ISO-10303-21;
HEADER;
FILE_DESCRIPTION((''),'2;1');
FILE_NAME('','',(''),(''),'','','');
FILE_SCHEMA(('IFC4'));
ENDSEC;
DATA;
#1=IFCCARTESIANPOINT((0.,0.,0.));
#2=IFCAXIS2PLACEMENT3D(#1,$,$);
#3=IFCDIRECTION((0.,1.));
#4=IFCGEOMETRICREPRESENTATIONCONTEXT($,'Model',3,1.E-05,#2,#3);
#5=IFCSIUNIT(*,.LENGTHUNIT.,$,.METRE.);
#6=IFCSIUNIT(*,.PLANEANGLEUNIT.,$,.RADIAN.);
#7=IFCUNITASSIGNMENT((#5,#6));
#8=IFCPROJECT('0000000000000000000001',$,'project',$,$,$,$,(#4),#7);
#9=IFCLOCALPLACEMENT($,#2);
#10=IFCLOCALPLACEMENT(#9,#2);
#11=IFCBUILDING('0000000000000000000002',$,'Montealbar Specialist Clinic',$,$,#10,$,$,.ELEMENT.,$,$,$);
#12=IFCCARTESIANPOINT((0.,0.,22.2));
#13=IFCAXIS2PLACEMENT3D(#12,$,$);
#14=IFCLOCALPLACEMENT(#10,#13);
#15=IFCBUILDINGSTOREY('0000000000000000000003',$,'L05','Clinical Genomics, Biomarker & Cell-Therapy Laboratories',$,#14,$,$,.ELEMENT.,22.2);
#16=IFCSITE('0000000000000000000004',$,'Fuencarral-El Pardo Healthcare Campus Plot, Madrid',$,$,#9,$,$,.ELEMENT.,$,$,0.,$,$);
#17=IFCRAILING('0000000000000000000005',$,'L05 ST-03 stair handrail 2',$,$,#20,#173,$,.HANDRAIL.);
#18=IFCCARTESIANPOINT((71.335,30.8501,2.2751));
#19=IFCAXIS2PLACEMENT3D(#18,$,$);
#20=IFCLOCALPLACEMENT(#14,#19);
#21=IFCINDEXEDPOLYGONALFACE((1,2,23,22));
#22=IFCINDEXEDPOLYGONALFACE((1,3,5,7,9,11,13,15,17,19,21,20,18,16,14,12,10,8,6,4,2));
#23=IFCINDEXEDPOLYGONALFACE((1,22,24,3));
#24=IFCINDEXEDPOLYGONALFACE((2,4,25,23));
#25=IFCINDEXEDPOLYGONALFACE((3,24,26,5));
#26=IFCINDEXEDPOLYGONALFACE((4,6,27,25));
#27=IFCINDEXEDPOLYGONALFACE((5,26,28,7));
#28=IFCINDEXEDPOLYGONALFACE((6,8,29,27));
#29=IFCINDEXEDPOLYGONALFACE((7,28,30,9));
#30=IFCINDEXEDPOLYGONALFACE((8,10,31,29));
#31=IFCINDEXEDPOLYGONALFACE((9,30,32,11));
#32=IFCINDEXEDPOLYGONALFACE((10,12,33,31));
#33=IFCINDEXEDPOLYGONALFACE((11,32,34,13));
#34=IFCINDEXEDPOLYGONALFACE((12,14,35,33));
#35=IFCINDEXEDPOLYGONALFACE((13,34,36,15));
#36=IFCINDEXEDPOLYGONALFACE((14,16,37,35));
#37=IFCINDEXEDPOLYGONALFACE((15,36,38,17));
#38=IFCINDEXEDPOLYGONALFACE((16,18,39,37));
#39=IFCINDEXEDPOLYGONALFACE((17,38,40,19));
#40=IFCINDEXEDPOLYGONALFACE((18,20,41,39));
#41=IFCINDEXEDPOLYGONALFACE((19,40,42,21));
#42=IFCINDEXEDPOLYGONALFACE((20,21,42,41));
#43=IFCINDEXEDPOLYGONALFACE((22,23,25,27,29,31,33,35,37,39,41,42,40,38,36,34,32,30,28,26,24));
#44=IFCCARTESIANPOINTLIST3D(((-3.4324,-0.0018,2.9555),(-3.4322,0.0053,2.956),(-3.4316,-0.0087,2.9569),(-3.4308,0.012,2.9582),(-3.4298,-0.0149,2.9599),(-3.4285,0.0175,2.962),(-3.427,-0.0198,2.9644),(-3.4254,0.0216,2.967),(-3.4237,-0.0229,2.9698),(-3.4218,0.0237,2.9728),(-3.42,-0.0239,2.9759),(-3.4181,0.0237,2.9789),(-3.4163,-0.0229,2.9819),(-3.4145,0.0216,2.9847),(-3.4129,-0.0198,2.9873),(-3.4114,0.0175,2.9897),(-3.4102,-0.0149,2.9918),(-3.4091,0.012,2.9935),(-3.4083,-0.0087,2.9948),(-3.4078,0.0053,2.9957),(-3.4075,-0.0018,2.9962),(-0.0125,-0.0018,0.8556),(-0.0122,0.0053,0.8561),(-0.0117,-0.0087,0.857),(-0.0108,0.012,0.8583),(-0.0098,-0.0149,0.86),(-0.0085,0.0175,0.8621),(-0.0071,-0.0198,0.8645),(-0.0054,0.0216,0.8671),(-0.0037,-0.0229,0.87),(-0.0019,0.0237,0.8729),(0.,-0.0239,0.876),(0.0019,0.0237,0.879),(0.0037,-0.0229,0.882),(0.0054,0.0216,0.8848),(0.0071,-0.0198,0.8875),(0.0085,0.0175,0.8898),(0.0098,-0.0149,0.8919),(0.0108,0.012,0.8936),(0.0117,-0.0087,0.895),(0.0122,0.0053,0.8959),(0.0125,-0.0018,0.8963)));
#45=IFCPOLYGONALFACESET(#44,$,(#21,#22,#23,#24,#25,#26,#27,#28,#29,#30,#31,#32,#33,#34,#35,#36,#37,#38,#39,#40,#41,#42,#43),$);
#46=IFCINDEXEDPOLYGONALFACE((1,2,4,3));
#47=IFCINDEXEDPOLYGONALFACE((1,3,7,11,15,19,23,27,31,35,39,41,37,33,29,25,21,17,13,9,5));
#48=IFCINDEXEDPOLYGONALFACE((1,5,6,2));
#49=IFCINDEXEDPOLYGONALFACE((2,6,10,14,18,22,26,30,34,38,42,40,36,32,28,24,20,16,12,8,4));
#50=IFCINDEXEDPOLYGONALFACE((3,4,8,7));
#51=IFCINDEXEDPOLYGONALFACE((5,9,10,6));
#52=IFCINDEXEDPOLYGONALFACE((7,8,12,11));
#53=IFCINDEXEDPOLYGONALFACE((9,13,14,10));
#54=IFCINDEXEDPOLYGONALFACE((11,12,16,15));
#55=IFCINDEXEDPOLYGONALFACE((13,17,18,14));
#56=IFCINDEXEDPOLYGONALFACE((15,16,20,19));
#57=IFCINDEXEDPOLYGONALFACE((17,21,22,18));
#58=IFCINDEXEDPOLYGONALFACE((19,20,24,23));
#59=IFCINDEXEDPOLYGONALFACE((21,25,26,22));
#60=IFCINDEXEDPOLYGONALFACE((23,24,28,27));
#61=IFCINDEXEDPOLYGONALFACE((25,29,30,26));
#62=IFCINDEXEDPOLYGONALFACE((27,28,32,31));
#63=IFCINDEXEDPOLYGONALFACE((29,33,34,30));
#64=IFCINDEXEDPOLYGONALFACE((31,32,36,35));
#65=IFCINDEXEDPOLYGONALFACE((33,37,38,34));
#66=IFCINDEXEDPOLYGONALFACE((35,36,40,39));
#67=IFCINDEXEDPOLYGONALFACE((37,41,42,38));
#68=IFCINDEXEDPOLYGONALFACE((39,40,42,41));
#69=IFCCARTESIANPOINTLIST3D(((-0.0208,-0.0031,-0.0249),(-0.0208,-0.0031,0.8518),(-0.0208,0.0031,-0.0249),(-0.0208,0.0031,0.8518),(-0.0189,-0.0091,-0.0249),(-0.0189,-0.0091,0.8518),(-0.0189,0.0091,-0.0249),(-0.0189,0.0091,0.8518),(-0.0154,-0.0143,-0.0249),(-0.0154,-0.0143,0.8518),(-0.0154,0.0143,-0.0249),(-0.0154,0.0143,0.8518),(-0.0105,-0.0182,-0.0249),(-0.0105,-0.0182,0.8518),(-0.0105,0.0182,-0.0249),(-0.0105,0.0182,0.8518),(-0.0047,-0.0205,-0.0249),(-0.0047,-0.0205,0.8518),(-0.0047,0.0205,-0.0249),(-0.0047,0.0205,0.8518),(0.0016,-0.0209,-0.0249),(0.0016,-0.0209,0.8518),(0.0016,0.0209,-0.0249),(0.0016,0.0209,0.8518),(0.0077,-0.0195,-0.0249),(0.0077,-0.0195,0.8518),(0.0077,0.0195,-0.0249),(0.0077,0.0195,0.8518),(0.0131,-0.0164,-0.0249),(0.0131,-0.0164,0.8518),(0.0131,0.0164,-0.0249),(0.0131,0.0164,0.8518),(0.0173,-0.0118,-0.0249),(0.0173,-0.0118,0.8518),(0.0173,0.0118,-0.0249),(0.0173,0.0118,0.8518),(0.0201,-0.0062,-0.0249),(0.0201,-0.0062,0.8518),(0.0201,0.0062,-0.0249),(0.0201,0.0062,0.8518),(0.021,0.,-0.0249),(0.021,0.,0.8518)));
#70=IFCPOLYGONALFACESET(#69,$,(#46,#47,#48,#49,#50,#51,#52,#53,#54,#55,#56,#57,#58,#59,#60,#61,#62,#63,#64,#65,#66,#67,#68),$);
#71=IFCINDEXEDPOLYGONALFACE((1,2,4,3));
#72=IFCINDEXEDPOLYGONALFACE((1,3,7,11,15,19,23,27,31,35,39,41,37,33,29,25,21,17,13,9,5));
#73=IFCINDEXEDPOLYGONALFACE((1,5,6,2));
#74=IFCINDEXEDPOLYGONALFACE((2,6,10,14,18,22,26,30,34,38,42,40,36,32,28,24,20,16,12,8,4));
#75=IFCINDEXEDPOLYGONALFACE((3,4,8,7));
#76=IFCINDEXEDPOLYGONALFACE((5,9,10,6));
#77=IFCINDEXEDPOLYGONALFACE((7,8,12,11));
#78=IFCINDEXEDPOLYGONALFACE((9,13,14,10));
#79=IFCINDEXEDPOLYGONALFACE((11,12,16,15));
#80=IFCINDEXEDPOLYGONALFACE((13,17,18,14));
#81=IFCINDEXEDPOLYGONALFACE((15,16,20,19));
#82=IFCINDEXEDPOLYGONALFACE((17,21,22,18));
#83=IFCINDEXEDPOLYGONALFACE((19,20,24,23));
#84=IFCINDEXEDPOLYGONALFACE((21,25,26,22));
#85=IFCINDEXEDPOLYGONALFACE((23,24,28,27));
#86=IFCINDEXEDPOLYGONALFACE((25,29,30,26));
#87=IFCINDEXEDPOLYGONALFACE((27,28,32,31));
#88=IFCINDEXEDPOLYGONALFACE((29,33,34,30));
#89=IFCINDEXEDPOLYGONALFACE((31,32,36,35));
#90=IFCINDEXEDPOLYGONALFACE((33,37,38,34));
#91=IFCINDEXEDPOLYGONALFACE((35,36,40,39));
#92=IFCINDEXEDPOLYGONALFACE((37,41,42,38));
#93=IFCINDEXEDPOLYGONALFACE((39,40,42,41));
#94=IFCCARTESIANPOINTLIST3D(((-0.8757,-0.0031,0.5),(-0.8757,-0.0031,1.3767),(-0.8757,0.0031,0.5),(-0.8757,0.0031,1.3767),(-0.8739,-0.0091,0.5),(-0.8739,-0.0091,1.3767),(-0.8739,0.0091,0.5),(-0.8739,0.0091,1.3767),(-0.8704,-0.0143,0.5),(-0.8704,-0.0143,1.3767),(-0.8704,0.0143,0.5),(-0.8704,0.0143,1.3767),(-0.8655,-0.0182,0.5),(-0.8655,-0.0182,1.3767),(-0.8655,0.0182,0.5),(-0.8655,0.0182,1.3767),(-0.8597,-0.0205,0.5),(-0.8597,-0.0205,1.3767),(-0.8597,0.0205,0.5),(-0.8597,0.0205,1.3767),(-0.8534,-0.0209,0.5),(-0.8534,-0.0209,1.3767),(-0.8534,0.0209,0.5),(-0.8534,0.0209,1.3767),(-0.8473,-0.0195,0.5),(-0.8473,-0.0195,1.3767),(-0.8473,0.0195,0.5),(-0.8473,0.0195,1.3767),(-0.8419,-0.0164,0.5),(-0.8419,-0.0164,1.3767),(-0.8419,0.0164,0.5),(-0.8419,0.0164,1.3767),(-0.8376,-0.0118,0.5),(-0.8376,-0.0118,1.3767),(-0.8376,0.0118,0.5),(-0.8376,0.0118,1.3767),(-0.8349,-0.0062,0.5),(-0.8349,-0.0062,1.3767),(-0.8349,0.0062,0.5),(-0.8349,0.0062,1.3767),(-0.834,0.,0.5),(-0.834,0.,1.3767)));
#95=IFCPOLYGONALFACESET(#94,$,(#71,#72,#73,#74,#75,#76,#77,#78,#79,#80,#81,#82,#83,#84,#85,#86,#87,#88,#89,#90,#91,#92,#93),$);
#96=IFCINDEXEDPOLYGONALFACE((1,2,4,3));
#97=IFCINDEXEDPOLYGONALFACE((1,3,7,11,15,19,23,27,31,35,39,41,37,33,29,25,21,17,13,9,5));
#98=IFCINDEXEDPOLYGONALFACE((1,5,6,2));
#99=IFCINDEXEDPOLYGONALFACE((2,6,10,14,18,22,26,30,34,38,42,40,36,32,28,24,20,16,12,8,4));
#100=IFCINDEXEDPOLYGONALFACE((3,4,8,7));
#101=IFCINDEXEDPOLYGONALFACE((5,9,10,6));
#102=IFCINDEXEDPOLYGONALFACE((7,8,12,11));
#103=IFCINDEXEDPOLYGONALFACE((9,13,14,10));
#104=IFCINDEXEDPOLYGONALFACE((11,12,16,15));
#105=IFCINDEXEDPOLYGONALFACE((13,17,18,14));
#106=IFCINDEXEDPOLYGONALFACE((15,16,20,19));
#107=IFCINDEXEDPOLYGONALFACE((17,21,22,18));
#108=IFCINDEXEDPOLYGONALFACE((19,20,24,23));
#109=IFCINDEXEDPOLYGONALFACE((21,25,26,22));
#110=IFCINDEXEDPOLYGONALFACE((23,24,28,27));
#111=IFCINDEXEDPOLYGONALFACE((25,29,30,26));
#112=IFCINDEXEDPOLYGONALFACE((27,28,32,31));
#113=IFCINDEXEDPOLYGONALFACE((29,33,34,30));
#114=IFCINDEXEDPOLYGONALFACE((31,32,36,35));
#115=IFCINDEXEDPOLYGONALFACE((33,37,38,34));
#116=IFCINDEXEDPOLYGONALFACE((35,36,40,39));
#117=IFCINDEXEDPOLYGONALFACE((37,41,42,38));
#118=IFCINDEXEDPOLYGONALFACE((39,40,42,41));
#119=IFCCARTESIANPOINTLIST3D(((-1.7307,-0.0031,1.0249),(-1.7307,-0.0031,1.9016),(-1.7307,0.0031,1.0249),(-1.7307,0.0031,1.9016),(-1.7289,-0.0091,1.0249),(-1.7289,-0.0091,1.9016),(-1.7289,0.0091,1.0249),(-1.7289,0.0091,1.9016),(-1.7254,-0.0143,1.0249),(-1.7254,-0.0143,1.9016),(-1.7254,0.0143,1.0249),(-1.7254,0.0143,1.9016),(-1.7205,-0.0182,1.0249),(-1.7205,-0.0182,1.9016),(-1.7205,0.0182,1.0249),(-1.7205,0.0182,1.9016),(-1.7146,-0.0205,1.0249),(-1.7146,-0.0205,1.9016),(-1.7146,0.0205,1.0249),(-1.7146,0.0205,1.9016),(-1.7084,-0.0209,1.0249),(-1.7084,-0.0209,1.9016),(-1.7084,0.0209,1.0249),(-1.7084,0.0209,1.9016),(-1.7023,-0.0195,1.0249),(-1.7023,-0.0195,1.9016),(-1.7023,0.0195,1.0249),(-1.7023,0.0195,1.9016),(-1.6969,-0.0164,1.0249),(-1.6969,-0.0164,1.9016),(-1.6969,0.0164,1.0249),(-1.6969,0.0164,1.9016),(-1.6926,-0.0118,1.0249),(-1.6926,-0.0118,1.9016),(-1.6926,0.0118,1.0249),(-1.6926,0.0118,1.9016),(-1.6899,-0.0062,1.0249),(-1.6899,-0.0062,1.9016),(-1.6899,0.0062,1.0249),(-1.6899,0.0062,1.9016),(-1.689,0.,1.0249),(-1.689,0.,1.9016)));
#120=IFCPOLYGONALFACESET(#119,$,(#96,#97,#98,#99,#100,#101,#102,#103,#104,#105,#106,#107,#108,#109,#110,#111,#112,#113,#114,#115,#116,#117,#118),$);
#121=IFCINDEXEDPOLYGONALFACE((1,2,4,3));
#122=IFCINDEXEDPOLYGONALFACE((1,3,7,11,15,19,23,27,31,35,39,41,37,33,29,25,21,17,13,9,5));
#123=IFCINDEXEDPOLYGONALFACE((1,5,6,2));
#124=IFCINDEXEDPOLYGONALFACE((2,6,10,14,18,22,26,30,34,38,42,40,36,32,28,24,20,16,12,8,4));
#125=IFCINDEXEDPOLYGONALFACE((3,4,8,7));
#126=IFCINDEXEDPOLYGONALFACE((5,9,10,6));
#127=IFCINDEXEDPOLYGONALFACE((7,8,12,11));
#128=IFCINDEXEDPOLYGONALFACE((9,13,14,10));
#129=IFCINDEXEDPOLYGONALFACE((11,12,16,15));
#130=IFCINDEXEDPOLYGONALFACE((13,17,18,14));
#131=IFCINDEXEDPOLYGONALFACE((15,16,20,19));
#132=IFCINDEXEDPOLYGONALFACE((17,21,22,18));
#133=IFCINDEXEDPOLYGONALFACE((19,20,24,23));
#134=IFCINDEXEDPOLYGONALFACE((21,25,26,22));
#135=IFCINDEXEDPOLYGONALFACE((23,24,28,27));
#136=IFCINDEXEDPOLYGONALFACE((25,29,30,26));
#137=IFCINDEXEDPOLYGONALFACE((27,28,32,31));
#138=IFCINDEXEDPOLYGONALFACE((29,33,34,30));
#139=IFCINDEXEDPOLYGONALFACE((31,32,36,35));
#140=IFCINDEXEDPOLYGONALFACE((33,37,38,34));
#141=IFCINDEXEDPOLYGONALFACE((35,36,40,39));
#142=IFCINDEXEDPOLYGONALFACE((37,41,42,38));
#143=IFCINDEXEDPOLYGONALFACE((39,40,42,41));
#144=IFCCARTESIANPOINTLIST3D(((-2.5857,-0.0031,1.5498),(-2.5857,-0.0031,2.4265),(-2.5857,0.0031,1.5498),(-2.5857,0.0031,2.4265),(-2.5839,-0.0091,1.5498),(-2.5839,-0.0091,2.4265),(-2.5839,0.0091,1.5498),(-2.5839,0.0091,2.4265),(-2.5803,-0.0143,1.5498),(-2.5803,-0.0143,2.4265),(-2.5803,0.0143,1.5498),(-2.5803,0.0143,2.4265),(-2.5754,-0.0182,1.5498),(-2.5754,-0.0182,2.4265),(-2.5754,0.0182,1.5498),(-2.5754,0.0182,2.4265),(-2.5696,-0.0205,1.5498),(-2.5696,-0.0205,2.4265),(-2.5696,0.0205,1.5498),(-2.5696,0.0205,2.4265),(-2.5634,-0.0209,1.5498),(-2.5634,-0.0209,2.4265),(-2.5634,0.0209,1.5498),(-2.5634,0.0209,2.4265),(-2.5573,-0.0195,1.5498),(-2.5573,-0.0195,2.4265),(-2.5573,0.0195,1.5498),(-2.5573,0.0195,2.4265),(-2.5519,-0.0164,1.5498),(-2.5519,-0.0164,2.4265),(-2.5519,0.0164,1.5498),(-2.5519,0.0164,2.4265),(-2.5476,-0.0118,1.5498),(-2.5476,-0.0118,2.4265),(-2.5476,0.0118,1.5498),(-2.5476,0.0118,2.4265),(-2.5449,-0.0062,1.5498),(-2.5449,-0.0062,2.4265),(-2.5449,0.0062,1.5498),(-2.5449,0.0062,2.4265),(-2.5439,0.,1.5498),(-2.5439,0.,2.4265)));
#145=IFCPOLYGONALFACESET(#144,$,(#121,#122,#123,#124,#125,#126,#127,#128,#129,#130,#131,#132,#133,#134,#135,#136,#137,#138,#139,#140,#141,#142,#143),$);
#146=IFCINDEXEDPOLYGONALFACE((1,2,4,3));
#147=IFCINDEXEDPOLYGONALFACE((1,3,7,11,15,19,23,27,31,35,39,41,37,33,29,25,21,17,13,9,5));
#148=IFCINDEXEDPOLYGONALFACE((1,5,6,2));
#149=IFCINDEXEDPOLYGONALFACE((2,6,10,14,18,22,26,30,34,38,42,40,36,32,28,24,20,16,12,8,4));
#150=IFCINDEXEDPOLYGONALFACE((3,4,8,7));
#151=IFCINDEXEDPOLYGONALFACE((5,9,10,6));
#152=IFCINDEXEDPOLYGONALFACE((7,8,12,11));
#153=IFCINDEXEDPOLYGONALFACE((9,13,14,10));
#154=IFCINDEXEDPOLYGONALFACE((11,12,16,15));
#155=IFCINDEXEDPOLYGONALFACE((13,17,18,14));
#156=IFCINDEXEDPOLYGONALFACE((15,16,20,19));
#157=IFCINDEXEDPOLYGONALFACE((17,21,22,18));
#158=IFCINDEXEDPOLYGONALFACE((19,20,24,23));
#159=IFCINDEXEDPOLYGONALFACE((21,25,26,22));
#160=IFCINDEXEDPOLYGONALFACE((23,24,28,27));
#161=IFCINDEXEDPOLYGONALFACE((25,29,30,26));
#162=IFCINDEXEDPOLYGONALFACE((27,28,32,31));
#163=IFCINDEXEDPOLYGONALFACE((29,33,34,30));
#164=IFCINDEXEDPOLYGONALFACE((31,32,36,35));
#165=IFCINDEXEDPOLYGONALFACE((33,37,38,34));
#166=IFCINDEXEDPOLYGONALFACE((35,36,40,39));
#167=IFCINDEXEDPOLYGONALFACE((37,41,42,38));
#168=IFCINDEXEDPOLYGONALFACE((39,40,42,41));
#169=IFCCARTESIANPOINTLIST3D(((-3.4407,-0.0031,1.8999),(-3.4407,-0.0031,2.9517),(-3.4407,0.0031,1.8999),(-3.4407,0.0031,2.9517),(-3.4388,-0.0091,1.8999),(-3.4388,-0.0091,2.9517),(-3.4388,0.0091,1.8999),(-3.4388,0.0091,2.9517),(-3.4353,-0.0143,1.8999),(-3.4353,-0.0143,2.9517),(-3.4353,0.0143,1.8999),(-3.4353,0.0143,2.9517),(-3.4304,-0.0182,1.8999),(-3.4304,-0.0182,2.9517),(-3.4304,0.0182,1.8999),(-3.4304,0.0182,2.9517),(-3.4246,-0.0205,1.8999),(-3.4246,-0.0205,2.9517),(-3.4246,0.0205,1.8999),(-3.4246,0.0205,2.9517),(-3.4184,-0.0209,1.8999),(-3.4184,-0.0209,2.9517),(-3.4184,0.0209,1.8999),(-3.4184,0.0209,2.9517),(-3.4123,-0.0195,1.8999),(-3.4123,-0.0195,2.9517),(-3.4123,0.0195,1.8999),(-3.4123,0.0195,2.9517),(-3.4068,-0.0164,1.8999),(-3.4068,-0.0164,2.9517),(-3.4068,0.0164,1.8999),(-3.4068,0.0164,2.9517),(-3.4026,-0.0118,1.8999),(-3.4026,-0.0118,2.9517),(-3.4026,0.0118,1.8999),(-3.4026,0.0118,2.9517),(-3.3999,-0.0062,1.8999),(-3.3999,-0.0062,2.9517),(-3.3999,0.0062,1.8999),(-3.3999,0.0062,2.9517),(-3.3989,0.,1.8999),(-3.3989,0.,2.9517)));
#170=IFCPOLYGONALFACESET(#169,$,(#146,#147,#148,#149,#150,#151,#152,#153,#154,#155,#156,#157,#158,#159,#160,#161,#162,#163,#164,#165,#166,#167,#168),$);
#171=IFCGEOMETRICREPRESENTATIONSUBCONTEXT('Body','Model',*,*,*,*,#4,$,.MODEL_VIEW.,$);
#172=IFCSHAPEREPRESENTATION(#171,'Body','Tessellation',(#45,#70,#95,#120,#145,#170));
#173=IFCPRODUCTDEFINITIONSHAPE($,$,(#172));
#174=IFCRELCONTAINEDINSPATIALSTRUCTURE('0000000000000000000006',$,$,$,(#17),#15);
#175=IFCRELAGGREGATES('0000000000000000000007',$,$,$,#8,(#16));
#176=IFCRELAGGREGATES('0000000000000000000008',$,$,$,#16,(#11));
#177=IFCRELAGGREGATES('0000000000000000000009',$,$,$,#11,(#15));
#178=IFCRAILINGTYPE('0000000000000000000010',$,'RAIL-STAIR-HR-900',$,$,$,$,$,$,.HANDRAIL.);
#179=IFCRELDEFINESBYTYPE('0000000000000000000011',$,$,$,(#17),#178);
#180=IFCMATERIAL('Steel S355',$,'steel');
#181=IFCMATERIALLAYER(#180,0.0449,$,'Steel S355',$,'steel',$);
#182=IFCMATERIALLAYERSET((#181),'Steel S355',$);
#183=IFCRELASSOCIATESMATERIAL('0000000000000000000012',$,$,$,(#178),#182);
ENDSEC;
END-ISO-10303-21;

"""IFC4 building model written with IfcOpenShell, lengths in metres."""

from ifc_helpers import new_model, si_unit, direction, frame, origin, origin_2d, place, context, subcontext, project, spatial, circle, extrude, material, layer, layer_set, type_object, element, save


model = new_model("IFC4")

# Units and contexts
model_context = context("Model", 3, precision=1e-05, world=origin(), true_north=direction((0.0, 1.0)))
body_context = subcontext(model_context, "Body", "Model", "MODEL_VIEW")
ifc_project = project(units=[si_unit("LENGTHUNIT", "METRE"), si_unit("PLANEANGLEUNIT", "RADIAN")], contexts=[model_context])

# Site, building, storey
site_placement = place(None, origin())
site = spatial("IfcSite", under=ifc_project, at=site_placement, Name="Fuencarral-El Pardo Healthcare Campus Plot, Madrid", CompositionType="ELEMENT", RefElevation=0.0)
building_placement = place(site_placement, origin())
building = spatial("IfcBuilding", under=site, at=building_placement, Name="Montealbar Specialist Clinic", CompositionType="ELEMENT")
storey_placement = place(building_placement, frame((0.0, 0.0, 22.2)))
storey = spatial("IfcBuildingStorey", under=building, at=storey_placement, Name="L05", Description="Clinical Genomics, Biomarker & Cell-Therapy Laboratories", CompositionType="ELEMENT", Elevation=22.2)

# Shared definitions
ifc_material_1 = material(Name="Steel S355", Category="steel")

# Railing
ifc_layer_1 = layer(ifc_material_1, 0.0449, Name="Steel S355", Category="steel")
ifc_layer_set_1 = layer_set([ifc_layer_1], Name="Steel S355")
railing_type_1 = type_object("IfcRailingType", Name="RAIL-STAIR-HR-900", PredefinedType="HANDRAIL", material=ifc_layer_set_1)
railing_1_placement = place(storey_placement, frame((71.335, 30.8501, 2.2751)))
element("IfcRailing", 1, at=railing_1_placement, inside=storey, type_object=railing_type_1, Name="L05 ST-03 stair handrail 2", PredefinedType="HANDRAIL", context=body_context, shape_type="SweptSolid", body=[
    extrude(circle(Radius=0.0239, at=origin_2d()), frame((0.0, 0.0, 0.876), z_axis=(-0.852182, 0.0, 0.523245), x_axis=(0.0, -1.0, 0.0)), (0.0, 0.0, 1.0), 4.0132),
    extrude(circle(Radius=0.021, at=origin_2d()), frame((0.0, 0.0, -0.0249)), (0.0, 0.0, 1.0), 0.8767),
    extrude(circle(Radius=0.021, at=origin_2d()), frame((-0.855, 0.0, 0.5)), (0.0, 0.0, 1.0), 0.8767),
    extrude(circle(Radius=0.021, at=origin_2d()), frame((-1.71, 0.0, 1.0249)), (0.0, 0.0, 1.0), 0.8767),
    extrude(circle(Radius=0.021, at=origin_2d()), frame((-2.5649, 0.0, 1.5498)), (0.0, 0.0, 1.0), 0.8767),
    extrude(circle(Radius=0.021, at=origin_2d()), frame((-3.4199, 0.0, 1.8999)), (0.0, 0.0, 1.0), 1.0518),
])

save(model, "model.ifc")
